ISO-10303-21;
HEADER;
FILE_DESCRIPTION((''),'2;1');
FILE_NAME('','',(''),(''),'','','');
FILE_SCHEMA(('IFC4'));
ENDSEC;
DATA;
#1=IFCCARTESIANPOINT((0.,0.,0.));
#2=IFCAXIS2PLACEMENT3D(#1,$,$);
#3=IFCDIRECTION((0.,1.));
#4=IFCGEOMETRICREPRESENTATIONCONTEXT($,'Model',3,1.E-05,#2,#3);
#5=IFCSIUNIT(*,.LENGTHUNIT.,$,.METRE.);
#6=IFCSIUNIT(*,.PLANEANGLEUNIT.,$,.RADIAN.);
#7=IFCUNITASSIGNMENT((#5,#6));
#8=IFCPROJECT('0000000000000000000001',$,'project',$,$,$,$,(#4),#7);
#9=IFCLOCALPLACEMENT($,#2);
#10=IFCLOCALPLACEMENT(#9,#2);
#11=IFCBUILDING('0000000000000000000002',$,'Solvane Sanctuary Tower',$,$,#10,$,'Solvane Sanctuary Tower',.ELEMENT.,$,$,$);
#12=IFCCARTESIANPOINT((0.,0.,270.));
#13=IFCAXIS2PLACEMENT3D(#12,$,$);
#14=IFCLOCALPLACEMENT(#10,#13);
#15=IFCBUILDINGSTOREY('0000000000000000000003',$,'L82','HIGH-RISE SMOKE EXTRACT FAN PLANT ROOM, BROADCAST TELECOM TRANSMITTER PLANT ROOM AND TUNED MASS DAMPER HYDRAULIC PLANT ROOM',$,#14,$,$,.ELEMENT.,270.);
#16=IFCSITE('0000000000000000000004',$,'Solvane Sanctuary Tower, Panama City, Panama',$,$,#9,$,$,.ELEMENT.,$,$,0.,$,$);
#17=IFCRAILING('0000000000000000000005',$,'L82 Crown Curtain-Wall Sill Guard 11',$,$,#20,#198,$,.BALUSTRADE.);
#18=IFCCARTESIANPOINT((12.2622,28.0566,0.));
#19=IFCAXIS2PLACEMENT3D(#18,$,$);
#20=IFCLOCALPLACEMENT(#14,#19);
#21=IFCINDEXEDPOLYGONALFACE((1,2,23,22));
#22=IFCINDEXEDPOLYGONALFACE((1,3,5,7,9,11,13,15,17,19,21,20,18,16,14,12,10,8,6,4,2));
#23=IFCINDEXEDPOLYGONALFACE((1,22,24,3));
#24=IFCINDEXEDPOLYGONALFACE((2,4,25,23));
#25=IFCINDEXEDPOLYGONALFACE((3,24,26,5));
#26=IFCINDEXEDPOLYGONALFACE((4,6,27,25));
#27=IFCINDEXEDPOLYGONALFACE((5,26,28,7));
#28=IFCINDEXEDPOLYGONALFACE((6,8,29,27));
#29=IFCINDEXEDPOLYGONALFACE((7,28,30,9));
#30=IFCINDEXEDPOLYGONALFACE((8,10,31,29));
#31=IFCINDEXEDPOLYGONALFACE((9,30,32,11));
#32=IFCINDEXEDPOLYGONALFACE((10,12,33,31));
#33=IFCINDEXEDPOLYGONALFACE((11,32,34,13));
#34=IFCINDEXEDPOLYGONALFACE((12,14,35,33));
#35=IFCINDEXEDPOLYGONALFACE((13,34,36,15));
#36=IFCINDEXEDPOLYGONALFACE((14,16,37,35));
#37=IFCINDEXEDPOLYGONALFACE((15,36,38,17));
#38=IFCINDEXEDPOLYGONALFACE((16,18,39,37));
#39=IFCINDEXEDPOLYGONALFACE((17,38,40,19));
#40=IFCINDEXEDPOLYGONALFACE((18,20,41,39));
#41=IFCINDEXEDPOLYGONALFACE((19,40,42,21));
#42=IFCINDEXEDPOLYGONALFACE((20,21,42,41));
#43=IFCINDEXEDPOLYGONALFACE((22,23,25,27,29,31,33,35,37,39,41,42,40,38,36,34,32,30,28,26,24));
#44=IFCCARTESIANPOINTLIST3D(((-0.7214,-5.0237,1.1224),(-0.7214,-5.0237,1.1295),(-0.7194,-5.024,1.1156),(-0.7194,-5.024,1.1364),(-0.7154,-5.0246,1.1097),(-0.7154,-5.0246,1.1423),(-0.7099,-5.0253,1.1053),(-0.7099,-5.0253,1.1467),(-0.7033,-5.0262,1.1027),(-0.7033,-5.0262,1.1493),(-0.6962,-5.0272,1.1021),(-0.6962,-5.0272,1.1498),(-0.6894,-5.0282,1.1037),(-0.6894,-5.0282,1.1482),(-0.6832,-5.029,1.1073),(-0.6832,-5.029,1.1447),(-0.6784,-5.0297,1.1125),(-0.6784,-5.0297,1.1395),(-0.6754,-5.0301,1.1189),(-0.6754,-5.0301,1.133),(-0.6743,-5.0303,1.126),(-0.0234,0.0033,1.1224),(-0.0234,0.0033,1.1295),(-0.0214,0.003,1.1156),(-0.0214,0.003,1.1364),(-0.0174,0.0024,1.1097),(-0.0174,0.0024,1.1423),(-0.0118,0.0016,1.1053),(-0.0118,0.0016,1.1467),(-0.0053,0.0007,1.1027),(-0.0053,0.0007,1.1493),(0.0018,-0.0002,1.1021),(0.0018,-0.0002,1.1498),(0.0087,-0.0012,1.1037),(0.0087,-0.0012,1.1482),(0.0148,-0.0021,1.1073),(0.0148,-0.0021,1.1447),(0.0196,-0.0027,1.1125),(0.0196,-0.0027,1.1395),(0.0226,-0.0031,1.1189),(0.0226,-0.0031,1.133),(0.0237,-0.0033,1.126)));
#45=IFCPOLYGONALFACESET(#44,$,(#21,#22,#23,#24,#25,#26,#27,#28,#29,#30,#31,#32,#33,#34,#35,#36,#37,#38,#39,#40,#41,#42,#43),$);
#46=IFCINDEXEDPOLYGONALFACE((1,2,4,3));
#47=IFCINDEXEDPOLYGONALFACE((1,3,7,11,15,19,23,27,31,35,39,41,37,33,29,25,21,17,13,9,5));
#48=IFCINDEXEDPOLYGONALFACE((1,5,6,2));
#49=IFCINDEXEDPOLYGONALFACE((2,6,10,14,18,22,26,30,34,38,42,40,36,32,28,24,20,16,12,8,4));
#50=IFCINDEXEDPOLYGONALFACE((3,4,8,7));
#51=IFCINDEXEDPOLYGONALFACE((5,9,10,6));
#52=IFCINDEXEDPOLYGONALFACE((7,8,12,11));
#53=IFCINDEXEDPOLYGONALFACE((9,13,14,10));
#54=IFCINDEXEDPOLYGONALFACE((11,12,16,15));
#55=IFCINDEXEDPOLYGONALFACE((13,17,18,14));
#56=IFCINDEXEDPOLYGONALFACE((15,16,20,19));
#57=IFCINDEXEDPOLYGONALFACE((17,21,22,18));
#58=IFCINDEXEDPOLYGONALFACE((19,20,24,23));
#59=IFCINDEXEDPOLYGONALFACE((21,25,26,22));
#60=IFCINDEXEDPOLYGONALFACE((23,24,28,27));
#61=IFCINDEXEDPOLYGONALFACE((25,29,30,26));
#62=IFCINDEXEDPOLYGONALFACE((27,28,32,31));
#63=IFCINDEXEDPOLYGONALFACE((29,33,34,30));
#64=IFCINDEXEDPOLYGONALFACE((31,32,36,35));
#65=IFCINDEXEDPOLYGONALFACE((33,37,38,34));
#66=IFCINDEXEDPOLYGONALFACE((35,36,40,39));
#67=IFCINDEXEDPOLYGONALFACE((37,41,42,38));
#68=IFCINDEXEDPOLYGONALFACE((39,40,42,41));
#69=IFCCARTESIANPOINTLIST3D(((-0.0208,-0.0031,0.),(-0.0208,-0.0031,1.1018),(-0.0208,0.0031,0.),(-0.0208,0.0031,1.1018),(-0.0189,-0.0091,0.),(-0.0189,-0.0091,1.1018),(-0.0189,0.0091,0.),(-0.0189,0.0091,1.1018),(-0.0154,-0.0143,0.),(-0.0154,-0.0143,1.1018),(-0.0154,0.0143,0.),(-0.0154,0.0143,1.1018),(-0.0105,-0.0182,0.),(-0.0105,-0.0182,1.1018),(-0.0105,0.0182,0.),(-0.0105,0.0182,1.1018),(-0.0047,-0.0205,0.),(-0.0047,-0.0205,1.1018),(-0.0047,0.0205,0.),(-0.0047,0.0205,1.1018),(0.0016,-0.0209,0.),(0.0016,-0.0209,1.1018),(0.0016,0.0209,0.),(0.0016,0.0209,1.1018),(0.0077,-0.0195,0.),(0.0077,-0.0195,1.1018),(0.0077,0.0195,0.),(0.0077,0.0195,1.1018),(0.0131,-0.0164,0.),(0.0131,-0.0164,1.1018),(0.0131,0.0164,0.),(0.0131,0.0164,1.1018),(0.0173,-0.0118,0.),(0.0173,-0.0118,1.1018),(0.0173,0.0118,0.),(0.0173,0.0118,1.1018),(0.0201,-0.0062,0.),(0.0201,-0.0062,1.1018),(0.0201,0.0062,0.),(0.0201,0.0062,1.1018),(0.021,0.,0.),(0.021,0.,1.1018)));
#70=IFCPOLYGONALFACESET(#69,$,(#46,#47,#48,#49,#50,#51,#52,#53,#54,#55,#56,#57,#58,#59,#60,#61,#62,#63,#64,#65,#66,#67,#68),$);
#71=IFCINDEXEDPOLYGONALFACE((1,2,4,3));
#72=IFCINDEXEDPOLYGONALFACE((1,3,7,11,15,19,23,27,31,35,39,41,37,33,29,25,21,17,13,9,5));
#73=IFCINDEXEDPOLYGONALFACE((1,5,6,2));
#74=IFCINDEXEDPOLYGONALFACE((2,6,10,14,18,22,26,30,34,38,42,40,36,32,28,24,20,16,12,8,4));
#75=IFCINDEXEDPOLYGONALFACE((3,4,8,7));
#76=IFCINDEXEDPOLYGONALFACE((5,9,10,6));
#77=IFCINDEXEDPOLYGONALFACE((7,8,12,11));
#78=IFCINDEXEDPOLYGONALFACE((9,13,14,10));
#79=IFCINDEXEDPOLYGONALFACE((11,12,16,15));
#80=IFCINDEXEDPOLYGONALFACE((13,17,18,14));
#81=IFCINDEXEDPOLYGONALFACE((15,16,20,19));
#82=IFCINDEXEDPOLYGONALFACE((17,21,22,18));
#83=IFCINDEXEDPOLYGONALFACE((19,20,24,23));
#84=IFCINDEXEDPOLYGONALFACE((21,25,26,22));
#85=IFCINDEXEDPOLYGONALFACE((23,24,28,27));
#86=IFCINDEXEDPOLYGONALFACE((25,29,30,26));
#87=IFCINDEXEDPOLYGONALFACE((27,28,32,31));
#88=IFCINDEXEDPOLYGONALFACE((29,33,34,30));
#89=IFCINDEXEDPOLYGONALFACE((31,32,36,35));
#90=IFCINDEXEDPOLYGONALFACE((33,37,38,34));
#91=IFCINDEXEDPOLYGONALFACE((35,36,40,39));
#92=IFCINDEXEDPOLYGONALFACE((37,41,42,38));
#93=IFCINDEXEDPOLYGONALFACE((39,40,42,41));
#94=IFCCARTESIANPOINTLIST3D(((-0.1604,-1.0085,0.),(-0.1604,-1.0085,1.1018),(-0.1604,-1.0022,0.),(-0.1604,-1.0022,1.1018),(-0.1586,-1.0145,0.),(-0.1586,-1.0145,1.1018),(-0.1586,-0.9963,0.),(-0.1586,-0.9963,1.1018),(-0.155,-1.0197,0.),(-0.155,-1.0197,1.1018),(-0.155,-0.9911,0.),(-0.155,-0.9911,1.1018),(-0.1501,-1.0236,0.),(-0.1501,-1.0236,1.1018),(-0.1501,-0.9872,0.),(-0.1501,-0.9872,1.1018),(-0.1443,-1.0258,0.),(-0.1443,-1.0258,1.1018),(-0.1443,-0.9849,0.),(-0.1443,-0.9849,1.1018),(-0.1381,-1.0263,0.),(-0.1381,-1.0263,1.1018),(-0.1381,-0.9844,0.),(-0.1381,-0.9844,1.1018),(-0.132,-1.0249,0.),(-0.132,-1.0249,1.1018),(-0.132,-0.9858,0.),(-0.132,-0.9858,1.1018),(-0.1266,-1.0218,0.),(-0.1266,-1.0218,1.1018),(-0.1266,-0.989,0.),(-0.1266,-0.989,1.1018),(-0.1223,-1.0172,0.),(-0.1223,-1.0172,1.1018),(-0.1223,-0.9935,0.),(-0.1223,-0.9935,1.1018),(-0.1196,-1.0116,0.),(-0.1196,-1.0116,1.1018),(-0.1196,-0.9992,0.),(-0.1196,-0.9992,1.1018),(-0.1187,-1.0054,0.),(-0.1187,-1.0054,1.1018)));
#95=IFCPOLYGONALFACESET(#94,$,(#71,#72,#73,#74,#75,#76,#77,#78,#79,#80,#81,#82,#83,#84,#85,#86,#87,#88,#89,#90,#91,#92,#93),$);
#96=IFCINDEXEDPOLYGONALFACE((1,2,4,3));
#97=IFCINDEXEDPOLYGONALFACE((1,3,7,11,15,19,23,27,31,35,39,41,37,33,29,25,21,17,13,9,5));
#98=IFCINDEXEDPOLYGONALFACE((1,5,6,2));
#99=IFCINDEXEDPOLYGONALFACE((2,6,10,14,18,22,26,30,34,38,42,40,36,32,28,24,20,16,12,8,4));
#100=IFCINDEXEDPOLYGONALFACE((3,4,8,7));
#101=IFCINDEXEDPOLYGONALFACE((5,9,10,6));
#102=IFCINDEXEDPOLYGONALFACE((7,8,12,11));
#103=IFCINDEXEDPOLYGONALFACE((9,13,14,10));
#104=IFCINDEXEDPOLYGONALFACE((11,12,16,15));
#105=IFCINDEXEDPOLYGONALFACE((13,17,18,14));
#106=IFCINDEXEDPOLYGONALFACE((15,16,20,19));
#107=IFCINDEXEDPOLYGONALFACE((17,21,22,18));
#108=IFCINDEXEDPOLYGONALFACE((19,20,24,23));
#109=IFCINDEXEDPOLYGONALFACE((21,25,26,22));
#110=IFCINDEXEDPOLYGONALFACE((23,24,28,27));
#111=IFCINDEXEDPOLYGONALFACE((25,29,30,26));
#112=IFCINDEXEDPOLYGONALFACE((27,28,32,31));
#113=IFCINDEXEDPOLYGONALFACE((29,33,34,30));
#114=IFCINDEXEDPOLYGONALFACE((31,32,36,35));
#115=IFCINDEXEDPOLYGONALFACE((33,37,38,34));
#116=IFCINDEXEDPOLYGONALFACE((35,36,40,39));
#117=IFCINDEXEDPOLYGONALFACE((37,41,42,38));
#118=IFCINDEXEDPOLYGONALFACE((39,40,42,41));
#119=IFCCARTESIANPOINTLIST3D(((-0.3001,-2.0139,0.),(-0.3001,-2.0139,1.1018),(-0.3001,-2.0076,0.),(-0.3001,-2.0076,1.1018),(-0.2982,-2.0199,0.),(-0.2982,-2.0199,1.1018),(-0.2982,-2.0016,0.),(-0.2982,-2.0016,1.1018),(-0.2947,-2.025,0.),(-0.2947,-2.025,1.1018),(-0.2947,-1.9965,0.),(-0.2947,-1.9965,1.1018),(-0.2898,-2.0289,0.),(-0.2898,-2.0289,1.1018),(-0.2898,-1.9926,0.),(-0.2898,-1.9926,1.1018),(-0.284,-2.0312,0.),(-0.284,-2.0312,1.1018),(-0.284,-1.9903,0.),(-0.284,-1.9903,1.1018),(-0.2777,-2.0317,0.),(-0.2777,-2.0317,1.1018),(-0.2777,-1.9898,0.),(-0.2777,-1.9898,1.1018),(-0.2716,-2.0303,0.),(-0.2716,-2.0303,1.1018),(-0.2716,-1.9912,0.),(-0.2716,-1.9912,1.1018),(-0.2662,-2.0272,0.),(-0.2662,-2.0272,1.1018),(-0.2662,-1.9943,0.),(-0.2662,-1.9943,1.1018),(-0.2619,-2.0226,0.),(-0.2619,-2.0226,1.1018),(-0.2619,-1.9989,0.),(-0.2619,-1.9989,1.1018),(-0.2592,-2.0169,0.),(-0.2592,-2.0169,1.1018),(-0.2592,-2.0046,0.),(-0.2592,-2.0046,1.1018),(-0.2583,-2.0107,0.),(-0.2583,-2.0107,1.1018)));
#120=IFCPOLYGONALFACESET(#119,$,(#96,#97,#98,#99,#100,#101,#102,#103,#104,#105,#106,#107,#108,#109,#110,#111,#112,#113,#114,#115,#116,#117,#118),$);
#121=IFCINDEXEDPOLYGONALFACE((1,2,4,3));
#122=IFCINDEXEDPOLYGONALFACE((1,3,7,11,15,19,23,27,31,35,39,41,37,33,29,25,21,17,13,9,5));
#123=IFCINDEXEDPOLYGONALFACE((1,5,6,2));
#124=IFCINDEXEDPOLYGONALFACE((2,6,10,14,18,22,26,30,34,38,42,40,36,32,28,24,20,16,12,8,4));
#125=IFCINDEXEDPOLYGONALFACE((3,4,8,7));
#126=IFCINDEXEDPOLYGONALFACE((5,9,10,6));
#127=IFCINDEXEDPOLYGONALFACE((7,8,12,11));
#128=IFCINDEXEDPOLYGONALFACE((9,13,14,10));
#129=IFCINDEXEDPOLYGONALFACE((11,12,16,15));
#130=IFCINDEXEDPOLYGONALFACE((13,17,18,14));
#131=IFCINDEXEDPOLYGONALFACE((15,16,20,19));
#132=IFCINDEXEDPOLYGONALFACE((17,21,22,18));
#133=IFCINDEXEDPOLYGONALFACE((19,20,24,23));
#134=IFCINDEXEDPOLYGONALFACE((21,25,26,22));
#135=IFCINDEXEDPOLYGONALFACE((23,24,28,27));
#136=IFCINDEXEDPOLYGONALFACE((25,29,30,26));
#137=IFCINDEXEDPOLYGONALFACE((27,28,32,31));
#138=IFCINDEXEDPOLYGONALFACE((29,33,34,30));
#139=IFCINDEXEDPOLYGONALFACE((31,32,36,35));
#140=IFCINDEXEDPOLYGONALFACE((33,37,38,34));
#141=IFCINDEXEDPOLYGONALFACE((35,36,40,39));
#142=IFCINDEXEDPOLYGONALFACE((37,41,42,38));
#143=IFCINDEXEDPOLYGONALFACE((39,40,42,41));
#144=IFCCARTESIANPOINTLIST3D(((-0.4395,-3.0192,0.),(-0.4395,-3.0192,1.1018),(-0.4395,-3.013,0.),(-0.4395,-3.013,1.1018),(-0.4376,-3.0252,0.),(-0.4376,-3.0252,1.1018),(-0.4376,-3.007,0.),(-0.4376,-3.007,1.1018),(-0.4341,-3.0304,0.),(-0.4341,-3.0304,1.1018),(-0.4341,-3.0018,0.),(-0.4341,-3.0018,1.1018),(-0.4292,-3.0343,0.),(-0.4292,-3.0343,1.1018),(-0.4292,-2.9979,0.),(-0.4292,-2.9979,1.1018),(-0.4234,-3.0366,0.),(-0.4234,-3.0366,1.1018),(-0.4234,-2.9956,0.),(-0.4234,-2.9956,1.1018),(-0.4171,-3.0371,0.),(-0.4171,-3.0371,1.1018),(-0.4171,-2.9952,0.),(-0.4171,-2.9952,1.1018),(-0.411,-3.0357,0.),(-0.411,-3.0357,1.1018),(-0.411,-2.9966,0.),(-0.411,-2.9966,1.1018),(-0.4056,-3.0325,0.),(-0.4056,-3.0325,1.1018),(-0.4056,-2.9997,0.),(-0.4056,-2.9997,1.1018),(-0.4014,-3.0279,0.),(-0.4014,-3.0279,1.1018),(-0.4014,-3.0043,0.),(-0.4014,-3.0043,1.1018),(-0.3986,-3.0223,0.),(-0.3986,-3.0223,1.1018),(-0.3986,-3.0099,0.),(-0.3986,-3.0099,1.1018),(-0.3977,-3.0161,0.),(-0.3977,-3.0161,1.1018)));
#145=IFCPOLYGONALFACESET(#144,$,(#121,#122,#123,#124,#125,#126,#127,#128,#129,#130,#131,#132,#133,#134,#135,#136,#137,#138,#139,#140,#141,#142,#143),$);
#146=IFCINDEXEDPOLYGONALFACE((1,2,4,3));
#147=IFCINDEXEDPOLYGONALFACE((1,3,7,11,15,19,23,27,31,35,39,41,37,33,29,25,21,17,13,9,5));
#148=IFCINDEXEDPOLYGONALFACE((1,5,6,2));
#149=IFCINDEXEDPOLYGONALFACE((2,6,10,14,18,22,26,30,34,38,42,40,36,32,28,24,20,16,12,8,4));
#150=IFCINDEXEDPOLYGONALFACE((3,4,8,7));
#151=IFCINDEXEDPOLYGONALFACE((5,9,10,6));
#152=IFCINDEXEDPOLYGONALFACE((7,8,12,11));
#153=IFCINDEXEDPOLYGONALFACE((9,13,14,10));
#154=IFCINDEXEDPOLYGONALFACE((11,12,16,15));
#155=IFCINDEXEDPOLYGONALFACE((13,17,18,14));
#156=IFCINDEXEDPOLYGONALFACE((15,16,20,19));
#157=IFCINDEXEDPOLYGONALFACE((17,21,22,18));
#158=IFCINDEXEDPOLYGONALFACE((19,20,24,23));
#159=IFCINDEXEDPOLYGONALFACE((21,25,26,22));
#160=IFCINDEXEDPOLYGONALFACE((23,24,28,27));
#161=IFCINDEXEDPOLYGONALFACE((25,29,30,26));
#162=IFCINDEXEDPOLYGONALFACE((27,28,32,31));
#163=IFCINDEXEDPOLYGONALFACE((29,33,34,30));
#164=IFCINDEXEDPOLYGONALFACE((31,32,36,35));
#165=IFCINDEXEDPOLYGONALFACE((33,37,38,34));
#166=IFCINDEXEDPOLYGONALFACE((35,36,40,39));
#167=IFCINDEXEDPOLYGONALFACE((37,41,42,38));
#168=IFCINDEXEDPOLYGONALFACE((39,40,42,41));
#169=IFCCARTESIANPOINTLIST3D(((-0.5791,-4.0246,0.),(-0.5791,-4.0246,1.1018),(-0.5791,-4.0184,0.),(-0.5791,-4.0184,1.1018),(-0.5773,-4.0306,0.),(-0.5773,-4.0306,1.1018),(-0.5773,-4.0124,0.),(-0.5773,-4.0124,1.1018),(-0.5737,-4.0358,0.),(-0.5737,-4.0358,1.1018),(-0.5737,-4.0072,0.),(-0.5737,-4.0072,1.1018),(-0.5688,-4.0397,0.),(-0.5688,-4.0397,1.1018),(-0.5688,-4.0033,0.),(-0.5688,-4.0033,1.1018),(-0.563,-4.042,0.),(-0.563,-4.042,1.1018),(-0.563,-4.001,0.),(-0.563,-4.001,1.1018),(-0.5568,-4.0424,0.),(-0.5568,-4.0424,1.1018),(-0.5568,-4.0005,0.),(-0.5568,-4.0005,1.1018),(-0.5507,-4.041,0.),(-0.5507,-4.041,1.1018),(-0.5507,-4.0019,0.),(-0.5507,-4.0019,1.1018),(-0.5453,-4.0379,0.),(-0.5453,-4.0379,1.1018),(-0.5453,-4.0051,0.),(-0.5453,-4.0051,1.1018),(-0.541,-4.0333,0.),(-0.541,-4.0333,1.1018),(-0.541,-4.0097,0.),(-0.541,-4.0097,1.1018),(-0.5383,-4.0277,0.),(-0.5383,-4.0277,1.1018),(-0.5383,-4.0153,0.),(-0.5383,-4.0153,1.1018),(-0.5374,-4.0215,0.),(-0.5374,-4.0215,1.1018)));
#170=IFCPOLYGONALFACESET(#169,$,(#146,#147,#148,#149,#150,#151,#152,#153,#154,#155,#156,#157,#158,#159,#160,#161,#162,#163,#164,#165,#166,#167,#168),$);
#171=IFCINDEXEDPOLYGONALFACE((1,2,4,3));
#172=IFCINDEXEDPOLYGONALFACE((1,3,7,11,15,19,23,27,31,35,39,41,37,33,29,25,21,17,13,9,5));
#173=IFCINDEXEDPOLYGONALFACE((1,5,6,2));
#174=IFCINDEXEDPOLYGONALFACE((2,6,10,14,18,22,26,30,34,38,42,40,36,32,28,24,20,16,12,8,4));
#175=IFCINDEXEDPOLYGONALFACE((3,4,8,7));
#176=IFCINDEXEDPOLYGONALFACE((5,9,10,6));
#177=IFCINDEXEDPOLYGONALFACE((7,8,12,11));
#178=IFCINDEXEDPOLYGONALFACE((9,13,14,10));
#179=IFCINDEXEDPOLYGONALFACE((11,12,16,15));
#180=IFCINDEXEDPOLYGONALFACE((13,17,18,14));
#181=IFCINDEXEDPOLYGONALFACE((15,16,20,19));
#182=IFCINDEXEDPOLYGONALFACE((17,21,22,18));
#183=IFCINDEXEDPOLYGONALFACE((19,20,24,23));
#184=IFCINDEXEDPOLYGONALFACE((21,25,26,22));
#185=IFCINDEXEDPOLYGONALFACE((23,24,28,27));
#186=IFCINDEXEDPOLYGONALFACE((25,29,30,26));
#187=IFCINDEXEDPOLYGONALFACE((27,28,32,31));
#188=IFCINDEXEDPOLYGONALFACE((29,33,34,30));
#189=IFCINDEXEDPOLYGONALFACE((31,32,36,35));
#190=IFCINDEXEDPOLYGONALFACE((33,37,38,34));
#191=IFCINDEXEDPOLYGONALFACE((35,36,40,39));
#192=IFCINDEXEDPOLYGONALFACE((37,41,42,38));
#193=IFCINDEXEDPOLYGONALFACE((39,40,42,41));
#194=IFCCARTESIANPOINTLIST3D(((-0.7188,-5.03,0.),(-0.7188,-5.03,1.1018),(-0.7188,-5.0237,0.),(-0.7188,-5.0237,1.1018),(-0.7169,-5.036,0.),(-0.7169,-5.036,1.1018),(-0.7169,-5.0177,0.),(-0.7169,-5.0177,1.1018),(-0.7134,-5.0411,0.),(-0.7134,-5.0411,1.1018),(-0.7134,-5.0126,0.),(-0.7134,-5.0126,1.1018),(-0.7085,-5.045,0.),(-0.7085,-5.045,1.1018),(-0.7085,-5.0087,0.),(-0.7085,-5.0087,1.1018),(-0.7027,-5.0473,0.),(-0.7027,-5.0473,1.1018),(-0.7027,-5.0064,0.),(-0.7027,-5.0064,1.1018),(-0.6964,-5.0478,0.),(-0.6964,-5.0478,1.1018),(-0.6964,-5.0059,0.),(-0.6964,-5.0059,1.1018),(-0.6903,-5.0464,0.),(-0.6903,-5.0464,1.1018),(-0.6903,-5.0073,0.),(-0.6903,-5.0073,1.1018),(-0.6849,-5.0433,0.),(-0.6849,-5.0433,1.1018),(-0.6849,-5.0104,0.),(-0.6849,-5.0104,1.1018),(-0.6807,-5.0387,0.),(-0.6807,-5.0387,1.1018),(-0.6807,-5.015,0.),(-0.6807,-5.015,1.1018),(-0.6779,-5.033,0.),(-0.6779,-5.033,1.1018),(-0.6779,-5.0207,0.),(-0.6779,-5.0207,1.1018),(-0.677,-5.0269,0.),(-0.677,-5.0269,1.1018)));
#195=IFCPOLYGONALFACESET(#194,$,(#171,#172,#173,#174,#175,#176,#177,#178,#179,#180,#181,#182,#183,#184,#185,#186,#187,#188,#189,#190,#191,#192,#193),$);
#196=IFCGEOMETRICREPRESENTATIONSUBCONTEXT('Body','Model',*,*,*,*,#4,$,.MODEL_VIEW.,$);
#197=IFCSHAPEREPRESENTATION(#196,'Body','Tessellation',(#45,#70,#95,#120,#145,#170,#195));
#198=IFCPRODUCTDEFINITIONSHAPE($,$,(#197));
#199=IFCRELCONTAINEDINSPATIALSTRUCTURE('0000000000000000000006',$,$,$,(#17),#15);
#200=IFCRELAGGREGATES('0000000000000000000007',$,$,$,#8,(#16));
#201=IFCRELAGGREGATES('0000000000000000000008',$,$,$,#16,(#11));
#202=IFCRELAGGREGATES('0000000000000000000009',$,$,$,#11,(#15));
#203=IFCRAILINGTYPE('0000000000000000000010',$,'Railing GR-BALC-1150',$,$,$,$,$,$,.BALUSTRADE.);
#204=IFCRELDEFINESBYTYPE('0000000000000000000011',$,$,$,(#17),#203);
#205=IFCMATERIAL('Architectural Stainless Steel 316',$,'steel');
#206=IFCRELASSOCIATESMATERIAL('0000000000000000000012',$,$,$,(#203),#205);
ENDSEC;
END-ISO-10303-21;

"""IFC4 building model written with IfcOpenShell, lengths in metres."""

from ifc_helpers import new_model, si_unit, direction, frame, origin, origin_2d, place, context, subcontext, project, spatial, circle, extrude, material, type_object, element, save


model = new_model("IFC4")

# Units and contexts
model_context = context("Model", 3, precision=1e-05, world=origin(), true_north=direction((0.0, 1.0)))
body_context = subcontext(model_context, "Body", "Model", "MODEL_VIEW")
ifc_project = project(units=[si_unit("LENGTHUNIT", "METRE"), si_unit("PLANEANGLEUNIT", "RADIAN")], contexts=[model_context])

# Site, building, storey
site_placement = place(None, origin())
site = spatial("IfcSite", under=ifc_project, at=site_placement, Name="Solvane Sanctuary Tower, Panama City, Panama", CompositionType="ELEMENT", RefElevation=0.0)
building_placement = place(site_placement, origin())
building = spatial("IfcBuilding", under=site, at=building_placement, Name="Solvane Sanctuary Tower", LongName="Solvane Sanctuary Tower", CompositionType="ELEMENT")
storey_placement = place(building_placement, frame((0.0, 0.0, 270.0)))
storey = spatial("IfcBuildingStorey", under=building, at=storey_placement, Name="L82", Description="HIGH-RISE SMOKE EXTRACT FAN PLANT ROOM, BROADCAST TELECOM TRANSMITTER PLANT ROOM AND TUNED MASS DAMPER HYDRAULIC PLANT ROOM", CompositionType="ELEMENT", Elevation=270.0)

# Shared definitions
ifc_material_1 = material(Name="Architectural Stainless Steel 316", Category="steel")

# Railing
railing_type_1 = type_object("IfcRailingType", Name="Railing GR-BALC-1150", PredefinedType="BALUSTRADE", material=ifc_material_1)
railing_1_placement = place(storey_placement, frame((12.2622, 28.0566, 0.0)))
element("IfcRailing", 1, at=railing_1_placement, inside=storey, type_object=railing_type_1, Name="L82 Crown Curtain-Wall Sill Guard 11", PredefinedType="BALUSTRADE", context=body_context, shape_type="SweptSolid", body=[
    extrude(circle(Radius=0.0239, at=origin_2d()), frame((0.0, 0.0, 1.126), z_axis=(-0.137534, -0.990497, 0.0), x_axis=(0.990497, -0.137534, 0.0)), (0.0, 0.0, 1.0), 5.0752),
    extrude(circle(Radius=0.021, at=origin_2d()), origin(), (0.0, 0.0, 1.0), 1.1018),
    extrude(circle(Radius=0.021, at=origin_2d()), frame((-0.1396, -1.0054, 0.0)), (0.0, 0.0, 1.0), 1.1018),
    extrude(circle(Radius=0.021, at=origin_2d()), frame((-0.2793, -2.0107, 0.0)), (0.0, 0.0, 1.0), 1.1018),
    extrude(circle(Radius=0.021, at=origin_2d()), frame((-0.4187, -3.0161, 0.0)), (0.0, 0.0, 1.0), 1.1018),
    extrude(circle(Radius=0.021, at=origin_2d()), frame((-0.5583, -4.0215, 0.0)), (0.0, 0.0, 1.0), 1.1018),
    extrude(circle(Radius=0.021, at=origin_2d()), frame((-0.698, -5.0269, 0.0)), (0.0, 0.0, 1.0), 1.1018),
])

save(model, "model.ifc")
